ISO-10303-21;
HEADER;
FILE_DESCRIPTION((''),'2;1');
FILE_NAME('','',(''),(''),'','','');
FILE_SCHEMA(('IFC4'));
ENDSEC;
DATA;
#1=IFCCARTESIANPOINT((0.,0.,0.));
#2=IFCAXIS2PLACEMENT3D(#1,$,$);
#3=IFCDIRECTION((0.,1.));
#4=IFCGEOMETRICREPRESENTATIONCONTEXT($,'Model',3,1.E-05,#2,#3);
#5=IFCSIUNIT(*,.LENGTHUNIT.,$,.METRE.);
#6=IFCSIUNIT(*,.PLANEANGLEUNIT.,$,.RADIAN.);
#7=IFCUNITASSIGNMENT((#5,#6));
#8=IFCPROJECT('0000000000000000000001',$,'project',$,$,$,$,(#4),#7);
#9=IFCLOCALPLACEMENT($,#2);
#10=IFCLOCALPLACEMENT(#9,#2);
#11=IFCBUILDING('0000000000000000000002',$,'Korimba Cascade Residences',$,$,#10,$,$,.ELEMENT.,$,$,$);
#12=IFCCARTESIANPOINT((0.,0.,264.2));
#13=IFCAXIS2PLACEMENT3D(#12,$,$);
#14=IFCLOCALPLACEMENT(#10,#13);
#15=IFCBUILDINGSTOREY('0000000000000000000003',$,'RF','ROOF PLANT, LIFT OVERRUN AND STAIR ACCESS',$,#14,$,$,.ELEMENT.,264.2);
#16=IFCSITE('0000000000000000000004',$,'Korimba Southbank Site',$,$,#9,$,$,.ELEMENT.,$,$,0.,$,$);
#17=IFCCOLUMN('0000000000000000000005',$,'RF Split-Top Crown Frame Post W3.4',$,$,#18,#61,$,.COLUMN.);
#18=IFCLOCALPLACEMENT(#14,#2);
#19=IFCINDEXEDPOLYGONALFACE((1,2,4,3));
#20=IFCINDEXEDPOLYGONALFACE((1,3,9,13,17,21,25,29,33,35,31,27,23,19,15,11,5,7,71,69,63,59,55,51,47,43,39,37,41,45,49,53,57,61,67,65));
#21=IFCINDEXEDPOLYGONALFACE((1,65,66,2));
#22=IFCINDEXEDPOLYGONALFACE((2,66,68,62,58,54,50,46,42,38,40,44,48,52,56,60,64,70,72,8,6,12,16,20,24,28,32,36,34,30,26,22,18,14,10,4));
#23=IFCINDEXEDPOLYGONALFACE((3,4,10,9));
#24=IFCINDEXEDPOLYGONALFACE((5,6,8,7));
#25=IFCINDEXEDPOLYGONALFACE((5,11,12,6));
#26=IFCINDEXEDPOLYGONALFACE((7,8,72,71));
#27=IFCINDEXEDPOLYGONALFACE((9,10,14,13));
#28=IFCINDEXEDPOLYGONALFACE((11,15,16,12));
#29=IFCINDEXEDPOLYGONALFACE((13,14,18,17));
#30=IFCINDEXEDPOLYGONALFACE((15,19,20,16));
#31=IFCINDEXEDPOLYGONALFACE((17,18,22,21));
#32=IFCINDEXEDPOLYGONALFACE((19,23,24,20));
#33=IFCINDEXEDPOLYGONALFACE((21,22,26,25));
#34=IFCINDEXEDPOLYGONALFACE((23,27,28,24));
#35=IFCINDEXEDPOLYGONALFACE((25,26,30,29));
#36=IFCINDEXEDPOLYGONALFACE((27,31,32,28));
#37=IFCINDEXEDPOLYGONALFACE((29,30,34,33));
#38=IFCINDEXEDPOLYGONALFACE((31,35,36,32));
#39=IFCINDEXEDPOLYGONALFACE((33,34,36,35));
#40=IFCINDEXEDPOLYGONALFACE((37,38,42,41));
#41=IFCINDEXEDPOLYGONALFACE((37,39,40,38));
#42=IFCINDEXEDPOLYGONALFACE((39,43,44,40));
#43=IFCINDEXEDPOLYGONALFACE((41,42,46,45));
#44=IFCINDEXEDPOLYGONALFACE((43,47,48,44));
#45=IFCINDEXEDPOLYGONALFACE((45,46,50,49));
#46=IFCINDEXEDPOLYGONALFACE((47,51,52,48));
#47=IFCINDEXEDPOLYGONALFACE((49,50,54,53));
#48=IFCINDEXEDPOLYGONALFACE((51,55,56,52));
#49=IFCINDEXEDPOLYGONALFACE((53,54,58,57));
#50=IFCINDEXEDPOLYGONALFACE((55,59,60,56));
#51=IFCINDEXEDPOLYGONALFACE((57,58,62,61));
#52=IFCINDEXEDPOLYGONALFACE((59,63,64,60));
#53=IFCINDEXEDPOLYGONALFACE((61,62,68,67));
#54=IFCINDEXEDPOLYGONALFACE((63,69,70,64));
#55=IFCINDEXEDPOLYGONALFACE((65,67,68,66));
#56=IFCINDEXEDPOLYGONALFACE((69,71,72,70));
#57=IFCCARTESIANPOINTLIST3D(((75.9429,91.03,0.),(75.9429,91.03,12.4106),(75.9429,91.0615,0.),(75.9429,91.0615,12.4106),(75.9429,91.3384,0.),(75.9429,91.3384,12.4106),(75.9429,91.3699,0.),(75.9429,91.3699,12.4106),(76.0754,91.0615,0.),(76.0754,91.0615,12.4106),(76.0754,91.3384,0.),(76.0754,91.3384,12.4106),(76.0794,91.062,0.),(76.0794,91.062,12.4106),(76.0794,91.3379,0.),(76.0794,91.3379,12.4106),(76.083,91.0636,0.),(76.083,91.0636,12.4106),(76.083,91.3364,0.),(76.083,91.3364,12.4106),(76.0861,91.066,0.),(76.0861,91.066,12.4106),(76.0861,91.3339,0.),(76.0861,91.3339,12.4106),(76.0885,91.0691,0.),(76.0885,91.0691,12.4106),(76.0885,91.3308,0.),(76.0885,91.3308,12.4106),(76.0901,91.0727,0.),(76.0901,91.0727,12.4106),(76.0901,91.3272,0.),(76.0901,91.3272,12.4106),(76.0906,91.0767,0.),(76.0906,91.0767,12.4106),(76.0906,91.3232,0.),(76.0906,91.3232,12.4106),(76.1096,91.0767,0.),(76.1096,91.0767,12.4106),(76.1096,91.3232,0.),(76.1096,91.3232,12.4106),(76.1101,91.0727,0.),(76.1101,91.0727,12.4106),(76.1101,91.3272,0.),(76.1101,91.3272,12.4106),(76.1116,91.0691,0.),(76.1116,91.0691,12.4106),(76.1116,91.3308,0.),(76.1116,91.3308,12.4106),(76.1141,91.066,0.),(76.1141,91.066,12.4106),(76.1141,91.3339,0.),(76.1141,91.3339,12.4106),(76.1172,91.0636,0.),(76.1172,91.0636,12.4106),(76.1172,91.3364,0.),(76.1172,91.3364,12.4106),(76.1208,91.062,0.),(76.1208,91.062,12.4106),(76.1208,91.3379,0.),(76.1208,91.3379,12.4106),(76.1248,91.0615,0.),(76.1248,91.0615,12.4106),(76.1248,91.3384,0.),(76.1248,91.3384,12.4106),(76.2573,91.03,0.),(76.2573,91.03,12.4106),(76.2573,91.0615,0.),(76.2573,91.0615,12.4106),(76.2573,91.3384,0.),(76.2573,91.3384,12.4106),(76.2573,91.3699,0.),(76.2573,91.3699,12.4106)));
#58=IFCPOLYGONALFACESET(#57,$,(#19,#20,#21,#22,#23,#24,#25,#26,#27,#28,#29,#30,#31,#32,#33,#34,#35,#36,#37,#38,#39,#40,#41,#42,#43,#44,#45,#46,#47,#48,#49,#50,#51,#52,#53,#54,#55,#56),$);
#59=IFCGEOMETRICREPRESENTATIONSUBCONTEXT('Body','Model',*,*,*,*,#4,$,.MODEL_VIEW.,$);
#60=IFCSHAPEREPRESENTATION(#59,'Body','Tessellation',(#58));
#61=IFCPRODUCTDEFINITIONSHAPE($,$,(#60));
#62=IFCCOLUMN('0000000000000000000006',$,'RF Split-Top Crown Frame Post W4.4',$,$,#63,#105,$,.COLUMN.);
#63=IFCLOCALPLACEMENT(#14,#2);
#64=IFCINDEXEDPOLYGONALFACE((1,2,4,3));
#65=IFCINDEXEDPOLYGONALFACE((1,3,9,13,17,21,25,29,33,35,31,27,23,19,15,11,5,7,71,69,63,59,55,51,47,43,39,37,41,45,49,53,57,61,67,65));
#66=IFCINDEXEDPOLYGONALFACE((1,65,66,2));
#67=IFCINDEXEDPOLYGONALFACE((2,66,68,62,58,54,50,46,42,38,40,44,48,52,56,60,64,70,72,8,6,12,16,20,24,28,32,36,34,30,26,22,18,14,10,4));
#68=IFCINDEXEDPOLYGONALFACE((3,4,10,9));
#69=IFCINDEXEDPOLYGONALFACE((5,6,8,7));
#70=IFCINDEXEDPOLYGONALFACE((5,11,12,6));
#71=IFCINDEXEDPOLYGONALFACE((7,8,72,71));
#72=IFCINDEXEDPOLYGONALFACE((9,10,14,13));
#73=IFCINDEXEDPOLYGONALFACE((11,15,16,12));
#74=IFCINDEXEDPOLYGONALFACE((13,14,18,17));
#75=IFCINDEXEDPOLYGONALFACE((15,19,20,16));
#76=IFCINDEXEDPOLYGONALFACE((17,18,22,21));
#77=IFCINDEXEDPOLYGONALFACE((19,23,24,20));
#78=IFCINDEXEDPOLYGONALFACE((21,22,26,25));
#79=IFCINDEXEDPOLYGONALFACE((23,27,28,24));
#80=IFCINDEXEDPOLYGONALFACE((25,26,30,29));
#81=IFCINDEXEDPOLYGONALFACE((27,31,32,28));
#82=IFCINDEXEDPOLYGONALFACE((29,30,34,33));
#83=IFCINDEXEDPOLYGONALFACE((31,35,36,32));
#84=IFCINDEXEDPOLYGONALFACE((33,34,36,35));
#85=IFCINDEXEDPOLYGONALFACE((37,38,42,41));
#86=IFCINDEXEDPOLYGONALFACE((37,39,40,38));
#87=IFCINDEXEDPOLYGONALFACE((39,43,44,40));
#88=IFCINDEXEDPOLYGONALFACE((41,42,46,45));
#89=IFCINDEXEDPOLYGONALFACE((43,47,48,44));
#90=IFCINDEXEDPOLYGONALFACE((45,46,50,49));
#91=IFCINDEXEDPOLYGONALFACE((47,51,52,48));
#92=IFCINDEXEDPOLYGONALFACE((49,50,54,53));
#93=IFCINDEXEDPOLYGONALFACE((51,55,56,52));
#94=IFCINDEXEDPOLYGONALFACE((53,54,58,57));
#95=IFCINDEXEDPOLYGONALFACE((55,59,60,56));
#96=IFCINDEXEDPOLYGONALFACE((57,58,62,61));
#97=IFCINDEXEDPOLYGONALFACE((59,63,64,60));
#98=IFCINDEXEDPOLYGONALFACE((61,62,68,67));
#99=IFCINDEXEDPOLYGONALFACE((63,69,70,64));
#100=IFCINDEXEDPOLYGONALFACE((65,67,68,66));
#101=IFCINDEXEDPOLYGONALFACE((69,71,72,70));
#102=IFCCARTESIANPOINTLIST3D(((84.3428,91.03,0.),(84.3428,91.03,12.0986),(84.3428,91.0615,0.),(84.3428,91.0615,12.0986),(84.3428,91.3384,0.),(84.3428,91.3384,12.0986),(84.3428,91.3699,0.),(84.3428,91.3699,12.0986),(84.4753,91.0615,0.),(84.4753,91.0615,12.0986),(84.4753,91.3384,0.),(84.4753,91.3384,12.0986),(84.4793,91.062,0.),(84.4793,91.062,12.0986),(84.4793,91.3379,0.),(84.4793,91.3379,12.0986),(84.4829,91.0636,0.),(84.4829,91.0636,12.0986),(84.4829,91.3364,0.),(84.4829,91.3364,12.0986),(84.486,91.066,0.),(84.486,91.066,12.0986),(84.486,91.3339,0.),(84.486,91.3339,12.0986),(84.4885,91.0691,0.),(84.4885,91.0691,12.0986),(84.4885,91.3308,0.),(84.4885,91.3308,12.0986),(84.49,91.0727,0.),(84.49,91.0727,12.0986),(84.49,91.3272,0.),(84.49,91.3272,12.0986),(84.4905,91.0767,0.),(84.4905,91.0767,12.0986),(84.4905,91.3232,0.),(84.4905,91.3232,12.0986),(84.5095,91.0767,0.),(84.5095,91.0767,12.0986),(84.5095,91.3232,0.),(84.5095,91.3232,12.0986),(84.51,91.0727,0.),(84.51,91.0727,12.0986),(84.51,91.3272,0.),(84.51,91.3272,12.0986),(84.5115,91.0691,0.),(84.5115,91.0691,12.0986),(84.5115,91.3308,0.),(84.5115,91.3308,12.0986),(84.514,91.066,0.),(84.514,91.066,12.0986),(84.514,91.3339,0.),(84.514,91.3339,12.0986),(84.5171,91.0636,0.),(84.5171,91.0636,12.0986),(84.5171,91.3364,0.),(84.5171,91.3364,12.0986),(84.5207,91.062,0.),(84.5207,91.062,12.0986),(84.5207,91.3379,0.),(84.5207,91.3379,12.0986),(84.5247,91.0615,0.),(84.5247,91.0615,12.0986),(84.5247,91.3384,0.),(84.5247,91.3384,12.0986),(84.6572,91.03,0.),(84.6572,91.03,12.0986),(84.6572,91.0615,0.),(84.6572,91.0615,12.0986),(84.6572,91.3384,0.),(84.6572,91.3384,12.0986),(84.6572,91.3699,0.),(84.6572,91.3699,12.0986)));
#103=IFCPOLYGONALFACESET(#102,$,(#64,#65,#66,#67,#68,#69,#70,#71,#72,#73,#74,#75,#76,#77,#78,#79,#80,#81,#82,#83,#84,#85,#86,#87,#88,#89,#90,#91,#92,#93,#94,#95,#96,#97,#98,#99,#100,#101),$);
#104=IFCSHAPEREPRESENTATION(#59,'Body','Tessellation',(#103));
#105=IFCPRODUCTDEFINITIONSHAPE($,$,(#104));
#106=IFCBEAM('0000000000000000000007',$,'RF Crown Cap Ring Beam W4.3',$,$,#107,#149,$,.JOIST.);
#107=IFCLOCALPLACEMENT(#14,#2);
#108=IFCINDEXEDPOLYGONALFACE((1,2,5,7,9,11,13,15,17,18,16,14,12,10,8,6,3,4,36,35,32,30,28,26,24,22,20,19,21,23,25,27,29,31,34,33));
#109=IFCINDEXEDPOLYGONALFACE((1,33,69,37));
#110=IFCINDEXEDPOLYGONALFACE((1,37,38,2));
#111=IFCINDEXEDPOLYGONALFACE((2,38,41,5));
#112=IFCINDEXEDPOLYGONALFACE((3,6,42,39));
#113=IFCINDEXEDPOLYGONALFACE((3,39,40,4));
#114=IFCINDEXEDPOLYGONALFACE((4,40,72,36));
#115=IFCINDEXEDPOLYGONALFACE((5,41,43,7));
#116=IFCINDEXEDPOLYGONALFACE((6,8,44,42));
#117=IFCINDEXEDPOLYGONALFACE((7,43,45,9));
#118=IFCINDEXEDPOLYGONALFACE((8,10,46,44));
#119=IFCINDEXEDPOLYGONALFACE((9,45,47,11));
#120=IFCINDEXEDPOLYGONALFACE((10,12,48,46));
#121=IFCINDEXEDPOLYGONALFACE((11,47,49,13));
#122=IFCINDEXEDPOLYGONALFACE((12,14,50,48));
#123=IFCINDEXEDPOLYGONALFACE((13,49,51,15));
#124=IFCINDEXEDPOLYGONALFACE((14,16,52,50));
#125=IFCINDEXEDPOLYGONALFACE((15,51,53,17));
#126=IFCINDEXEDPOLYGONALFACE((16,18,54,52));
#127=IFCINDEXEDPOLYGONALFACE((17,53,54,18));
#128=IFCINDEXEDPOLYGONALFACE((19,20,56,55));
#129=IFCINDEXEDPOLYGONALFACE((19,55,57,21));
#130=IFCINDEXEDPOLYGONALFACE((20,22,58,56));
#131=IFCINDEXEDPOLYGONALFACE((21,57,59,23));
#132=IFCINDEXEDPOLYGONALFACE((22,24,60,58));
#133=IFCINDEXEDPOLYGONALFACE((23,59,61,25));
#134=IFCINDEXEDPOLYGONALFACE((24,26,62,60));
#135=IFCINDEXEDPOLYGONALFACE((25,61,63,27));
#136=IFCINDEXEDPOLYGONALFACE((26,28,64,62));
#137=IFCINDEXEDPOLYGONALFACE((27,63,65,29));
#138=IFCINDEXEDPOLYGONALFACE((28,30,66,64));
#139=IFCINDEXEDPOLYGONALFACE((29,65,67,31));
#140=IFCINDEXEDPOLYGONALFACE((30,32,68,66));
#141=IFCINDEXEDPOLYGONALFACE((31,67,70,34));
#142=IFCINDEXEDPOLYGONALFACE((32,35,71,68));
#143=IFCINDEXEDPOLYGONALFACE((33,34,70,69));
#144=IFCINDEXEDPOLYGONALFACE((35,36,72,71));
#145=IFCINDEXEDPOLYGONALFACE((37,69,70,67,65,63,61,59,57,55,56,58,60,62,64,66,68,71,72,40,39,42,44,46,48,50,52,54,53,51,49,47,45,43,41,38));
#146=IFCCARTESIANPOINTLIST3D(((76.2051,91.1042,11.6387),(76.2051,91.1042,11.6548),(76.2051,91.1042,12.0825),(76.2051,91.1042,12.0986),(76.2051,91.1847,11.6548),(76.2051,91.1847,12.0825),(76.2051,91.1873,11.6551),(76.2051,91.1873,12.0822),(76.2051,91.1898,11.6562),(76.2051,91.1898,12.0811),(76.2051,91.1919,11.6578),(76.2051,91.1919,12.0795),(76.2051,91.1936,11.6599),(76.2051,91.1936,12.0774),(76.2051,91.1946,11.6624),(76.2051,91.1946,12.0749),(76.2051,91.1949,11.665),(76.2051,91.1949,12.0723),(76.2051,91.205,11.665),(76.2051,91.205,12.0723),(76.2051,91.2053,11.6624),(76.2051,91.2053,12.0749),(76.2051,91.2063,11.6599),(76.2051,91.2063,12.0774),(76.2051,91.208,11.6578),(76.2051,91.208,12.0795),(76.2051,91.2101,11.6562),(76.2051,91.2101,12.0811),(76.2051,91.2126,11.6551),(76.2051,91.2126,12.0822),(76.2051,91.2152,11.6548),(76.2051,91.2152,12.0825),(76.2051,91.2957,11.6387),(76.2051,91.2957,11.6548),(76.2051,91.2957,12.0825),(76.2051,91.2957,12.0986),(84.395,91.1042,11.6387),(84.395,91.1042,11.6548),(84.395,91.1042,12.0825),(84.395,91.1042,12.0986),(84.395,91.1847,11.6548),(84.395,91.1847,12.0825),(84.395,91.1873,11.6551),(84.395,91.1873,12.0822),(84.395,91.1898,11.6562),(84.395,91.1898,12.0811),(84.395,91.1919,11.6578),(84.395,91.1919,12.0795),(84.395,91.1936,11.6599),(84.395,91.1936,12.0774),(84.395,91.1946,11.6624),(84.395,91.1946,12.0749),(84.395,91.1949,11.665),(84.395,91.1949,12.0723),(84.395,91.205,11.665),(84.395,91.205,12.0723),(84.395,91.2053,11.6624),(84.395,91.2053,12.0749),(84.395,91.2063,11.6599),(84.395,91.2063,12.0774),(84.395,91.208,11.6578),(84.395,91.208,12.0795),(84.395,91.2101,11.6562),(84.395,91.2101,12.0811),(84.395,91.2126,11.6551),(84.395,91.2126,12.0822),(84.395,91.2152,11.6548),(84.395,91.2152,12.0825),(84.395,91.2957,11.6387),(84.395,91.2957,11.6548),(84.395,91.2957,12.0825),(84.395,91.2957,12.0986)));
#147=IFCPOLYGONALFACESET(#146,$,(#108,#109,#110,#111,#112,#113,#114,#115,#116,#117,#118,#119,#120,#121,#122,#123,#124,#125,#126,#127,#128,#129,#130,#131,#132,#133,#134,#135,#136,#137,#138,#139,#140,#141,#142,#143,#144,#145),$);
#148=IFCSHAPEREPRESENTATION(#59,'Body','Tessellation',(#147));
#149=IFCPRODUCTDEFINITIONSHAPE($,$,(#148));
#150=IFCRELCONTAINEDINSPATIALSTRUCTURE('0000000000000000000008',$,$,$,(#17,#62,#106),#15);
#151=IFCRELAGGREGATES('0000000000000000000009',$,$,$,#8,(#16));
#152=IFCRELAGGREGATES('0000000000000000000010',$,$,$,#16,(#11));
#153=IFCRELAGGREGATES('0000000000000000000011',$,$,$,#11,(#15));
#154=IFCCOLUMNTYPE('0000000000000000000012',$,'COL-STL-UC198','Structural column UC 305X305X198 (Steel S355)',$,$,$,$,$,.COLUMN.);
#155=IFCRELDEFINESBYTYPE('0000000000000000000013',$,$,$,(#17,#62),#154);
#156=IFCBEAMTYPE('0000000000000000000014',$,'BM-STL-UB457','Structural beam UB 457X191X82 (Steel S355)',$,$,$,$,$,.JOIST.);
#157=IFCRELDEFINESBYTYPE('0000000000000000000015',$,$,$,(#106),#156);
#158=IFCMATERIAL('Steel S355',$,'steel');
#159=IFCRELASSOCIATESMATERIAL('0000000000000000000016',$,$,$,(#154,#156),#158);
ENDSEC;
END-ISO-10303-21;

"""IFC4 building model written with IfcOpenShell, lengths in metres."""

from ifc_helpers import new_model, si_unit, direction, frame, origin, origin_2d, place, context, subcontext, project, spatial, i_section, extrude, material, material_profile, profile_set, type_object, element, save


model = new_model("IFC4")

# Units and contexts
model_context = context("Model", 3, precision=1e-05, world=origin(), true_north=direction((0.0, 1.0)))
body_context = subcontext(model_context, "Body", "Model", "MODEL_VIEW")
ifc_project = project(units=[si_unit("LENGTHUNIT", "METRE"), si_unit("PLANEANGLEUNIT", "RADIAN")], contexts=[model_context])

# Site, building, storey
site_placement = place(None, origin())
site = spatial("IfcSite", under=ifc_project, at=site_placement, Name="Korimba Southbank Site", CompositionType="ELEMENT", RefElevation=0.0)
building_placement = place(site_placement, origin())
building = spatial("IfcBuilding", under=site, at=building_placement, Name="Korimba Cascade Residences", CompositionType="ELEMENT")
storey_placement = place(building_placement, frame((0.0, 0.0, 264.2)))
storey = spatial("IfcBuildingStorey", under=building, at=storey_placement, Name="RF", Description="ROOF PLANT, LIFT OVERRUN AND STAIR ACCESS", CompositionType="ELEMENT", Elevation=264.2)

# Columns
ifc_material_1 = material(Name="Steel S355", Category="steel")
ifc_material_profile_1 = material_profile(ifc_material_1, i_section(OverallWidth=0.3145, OverallDepth=0.3398, WebThickness=0.019, FlangeThickness=0.0315, FilletRadius=0.0151, at=origin_2d()), Name="Steel S355")
ifc_profile_set_1 = profile_set([ifc_material_profile_1], Name="Steel S355")
column_type = type_object("IfcColumnType", Name="COL-STL-UC198", Description="Structural column UC 305X305X198 (Steel S355)", PredefinedType="COLUMN", material=ifc_profile_set_1)
column_1_placement = place(storey_placement, frame((76.1001, 91.2, 0.0), z_axis=(0.0, 0.0, 1.0), x_axis=(1.0, 0.0, 0.0)))
element("IfcColumn", 1, at=column_1_placement, inside=storey, type_object=column_type, Name="RF Split-Top Crown Frame Post W3.4", PredefinedType="COLUMN", context=body_context, shape_type="SweptSolid", body=[
    extrude(i_section(OverallWidth=0.3145, OverallDepth=0.3398, WebThickness=0.019, FlangeThickness=0.0315, FilletRadius=0.0151, at=origin_2d()), origin(), (0.0, 0.0, 1.0), 12.4106),
])
column_2_placement = place(storey_placement, frame((84.5, 91.2, 0.0), z_axis=(0.0, 0.0, 1.0), x_axis=(1.0, 0.0, 0.0)))
element("IfcColumn", 2, at=column_2_placement, inside=storey, type_object=column_type, Name="RF Split-Top Crown Frame Post W4.4", PredefinedType="COLUMN", context=body_context, shape_type="SweptSolid", body=[
    extrude(i_section(OverallWidth=0.3145, OverallDepth=0.3398, WebThickness=0.019, FlangeThickness=0.0315, FilletRadius=0.0151, at=origin_2d()), origin(), (0.0, 0.0, 1.0), 12.0986),
])

# Beam
ifc_material_profile_2 = material_profile(ifc_material_1, i_section(OverallWidth=0.1914, OverallDepth=0.46, WebThickness=0.01, FlangeThickness=0.0161, FilletRadius=0.0103, at=origin_2d()), Name="Steel S355")
ifc_profile_set_2 = profile_set([ifc_material_profile_2], Name="Steel S355")
beam_type = type_object("IfcBeamType", Name="BM-STL-UB457", Description="Structural beam UB 457X191X82 (Steel S355)", PredefinedType="JOIST", material=ifc_profile_set_2)
beam_placement = place(storey_placement, frame((76.2051, 91.2, 11.8687), z_axis=(1.0, 0.0, 0.0), x_axis=(0.0, 1.0, 0.0)))
element("IfcBeam", 3, at=beam_placement, inside=storey, type_object=beam_type, Name="RF Crown Cap Ring Beam W4.3", PredefinedType="JOIST", context=body_context, shape_type="SweptSolid", body=[
    extrude(i_section(OverallWidth=0.1914, OverallDepth=0.46, WebThickness=0.01, FlangeThickness=0.0161, FilletRadius=0.0103, at=origin_2d()), origin(), (0.0, 0.0, 1.0), 8.1899),
])

save(model, "model.ifc")
